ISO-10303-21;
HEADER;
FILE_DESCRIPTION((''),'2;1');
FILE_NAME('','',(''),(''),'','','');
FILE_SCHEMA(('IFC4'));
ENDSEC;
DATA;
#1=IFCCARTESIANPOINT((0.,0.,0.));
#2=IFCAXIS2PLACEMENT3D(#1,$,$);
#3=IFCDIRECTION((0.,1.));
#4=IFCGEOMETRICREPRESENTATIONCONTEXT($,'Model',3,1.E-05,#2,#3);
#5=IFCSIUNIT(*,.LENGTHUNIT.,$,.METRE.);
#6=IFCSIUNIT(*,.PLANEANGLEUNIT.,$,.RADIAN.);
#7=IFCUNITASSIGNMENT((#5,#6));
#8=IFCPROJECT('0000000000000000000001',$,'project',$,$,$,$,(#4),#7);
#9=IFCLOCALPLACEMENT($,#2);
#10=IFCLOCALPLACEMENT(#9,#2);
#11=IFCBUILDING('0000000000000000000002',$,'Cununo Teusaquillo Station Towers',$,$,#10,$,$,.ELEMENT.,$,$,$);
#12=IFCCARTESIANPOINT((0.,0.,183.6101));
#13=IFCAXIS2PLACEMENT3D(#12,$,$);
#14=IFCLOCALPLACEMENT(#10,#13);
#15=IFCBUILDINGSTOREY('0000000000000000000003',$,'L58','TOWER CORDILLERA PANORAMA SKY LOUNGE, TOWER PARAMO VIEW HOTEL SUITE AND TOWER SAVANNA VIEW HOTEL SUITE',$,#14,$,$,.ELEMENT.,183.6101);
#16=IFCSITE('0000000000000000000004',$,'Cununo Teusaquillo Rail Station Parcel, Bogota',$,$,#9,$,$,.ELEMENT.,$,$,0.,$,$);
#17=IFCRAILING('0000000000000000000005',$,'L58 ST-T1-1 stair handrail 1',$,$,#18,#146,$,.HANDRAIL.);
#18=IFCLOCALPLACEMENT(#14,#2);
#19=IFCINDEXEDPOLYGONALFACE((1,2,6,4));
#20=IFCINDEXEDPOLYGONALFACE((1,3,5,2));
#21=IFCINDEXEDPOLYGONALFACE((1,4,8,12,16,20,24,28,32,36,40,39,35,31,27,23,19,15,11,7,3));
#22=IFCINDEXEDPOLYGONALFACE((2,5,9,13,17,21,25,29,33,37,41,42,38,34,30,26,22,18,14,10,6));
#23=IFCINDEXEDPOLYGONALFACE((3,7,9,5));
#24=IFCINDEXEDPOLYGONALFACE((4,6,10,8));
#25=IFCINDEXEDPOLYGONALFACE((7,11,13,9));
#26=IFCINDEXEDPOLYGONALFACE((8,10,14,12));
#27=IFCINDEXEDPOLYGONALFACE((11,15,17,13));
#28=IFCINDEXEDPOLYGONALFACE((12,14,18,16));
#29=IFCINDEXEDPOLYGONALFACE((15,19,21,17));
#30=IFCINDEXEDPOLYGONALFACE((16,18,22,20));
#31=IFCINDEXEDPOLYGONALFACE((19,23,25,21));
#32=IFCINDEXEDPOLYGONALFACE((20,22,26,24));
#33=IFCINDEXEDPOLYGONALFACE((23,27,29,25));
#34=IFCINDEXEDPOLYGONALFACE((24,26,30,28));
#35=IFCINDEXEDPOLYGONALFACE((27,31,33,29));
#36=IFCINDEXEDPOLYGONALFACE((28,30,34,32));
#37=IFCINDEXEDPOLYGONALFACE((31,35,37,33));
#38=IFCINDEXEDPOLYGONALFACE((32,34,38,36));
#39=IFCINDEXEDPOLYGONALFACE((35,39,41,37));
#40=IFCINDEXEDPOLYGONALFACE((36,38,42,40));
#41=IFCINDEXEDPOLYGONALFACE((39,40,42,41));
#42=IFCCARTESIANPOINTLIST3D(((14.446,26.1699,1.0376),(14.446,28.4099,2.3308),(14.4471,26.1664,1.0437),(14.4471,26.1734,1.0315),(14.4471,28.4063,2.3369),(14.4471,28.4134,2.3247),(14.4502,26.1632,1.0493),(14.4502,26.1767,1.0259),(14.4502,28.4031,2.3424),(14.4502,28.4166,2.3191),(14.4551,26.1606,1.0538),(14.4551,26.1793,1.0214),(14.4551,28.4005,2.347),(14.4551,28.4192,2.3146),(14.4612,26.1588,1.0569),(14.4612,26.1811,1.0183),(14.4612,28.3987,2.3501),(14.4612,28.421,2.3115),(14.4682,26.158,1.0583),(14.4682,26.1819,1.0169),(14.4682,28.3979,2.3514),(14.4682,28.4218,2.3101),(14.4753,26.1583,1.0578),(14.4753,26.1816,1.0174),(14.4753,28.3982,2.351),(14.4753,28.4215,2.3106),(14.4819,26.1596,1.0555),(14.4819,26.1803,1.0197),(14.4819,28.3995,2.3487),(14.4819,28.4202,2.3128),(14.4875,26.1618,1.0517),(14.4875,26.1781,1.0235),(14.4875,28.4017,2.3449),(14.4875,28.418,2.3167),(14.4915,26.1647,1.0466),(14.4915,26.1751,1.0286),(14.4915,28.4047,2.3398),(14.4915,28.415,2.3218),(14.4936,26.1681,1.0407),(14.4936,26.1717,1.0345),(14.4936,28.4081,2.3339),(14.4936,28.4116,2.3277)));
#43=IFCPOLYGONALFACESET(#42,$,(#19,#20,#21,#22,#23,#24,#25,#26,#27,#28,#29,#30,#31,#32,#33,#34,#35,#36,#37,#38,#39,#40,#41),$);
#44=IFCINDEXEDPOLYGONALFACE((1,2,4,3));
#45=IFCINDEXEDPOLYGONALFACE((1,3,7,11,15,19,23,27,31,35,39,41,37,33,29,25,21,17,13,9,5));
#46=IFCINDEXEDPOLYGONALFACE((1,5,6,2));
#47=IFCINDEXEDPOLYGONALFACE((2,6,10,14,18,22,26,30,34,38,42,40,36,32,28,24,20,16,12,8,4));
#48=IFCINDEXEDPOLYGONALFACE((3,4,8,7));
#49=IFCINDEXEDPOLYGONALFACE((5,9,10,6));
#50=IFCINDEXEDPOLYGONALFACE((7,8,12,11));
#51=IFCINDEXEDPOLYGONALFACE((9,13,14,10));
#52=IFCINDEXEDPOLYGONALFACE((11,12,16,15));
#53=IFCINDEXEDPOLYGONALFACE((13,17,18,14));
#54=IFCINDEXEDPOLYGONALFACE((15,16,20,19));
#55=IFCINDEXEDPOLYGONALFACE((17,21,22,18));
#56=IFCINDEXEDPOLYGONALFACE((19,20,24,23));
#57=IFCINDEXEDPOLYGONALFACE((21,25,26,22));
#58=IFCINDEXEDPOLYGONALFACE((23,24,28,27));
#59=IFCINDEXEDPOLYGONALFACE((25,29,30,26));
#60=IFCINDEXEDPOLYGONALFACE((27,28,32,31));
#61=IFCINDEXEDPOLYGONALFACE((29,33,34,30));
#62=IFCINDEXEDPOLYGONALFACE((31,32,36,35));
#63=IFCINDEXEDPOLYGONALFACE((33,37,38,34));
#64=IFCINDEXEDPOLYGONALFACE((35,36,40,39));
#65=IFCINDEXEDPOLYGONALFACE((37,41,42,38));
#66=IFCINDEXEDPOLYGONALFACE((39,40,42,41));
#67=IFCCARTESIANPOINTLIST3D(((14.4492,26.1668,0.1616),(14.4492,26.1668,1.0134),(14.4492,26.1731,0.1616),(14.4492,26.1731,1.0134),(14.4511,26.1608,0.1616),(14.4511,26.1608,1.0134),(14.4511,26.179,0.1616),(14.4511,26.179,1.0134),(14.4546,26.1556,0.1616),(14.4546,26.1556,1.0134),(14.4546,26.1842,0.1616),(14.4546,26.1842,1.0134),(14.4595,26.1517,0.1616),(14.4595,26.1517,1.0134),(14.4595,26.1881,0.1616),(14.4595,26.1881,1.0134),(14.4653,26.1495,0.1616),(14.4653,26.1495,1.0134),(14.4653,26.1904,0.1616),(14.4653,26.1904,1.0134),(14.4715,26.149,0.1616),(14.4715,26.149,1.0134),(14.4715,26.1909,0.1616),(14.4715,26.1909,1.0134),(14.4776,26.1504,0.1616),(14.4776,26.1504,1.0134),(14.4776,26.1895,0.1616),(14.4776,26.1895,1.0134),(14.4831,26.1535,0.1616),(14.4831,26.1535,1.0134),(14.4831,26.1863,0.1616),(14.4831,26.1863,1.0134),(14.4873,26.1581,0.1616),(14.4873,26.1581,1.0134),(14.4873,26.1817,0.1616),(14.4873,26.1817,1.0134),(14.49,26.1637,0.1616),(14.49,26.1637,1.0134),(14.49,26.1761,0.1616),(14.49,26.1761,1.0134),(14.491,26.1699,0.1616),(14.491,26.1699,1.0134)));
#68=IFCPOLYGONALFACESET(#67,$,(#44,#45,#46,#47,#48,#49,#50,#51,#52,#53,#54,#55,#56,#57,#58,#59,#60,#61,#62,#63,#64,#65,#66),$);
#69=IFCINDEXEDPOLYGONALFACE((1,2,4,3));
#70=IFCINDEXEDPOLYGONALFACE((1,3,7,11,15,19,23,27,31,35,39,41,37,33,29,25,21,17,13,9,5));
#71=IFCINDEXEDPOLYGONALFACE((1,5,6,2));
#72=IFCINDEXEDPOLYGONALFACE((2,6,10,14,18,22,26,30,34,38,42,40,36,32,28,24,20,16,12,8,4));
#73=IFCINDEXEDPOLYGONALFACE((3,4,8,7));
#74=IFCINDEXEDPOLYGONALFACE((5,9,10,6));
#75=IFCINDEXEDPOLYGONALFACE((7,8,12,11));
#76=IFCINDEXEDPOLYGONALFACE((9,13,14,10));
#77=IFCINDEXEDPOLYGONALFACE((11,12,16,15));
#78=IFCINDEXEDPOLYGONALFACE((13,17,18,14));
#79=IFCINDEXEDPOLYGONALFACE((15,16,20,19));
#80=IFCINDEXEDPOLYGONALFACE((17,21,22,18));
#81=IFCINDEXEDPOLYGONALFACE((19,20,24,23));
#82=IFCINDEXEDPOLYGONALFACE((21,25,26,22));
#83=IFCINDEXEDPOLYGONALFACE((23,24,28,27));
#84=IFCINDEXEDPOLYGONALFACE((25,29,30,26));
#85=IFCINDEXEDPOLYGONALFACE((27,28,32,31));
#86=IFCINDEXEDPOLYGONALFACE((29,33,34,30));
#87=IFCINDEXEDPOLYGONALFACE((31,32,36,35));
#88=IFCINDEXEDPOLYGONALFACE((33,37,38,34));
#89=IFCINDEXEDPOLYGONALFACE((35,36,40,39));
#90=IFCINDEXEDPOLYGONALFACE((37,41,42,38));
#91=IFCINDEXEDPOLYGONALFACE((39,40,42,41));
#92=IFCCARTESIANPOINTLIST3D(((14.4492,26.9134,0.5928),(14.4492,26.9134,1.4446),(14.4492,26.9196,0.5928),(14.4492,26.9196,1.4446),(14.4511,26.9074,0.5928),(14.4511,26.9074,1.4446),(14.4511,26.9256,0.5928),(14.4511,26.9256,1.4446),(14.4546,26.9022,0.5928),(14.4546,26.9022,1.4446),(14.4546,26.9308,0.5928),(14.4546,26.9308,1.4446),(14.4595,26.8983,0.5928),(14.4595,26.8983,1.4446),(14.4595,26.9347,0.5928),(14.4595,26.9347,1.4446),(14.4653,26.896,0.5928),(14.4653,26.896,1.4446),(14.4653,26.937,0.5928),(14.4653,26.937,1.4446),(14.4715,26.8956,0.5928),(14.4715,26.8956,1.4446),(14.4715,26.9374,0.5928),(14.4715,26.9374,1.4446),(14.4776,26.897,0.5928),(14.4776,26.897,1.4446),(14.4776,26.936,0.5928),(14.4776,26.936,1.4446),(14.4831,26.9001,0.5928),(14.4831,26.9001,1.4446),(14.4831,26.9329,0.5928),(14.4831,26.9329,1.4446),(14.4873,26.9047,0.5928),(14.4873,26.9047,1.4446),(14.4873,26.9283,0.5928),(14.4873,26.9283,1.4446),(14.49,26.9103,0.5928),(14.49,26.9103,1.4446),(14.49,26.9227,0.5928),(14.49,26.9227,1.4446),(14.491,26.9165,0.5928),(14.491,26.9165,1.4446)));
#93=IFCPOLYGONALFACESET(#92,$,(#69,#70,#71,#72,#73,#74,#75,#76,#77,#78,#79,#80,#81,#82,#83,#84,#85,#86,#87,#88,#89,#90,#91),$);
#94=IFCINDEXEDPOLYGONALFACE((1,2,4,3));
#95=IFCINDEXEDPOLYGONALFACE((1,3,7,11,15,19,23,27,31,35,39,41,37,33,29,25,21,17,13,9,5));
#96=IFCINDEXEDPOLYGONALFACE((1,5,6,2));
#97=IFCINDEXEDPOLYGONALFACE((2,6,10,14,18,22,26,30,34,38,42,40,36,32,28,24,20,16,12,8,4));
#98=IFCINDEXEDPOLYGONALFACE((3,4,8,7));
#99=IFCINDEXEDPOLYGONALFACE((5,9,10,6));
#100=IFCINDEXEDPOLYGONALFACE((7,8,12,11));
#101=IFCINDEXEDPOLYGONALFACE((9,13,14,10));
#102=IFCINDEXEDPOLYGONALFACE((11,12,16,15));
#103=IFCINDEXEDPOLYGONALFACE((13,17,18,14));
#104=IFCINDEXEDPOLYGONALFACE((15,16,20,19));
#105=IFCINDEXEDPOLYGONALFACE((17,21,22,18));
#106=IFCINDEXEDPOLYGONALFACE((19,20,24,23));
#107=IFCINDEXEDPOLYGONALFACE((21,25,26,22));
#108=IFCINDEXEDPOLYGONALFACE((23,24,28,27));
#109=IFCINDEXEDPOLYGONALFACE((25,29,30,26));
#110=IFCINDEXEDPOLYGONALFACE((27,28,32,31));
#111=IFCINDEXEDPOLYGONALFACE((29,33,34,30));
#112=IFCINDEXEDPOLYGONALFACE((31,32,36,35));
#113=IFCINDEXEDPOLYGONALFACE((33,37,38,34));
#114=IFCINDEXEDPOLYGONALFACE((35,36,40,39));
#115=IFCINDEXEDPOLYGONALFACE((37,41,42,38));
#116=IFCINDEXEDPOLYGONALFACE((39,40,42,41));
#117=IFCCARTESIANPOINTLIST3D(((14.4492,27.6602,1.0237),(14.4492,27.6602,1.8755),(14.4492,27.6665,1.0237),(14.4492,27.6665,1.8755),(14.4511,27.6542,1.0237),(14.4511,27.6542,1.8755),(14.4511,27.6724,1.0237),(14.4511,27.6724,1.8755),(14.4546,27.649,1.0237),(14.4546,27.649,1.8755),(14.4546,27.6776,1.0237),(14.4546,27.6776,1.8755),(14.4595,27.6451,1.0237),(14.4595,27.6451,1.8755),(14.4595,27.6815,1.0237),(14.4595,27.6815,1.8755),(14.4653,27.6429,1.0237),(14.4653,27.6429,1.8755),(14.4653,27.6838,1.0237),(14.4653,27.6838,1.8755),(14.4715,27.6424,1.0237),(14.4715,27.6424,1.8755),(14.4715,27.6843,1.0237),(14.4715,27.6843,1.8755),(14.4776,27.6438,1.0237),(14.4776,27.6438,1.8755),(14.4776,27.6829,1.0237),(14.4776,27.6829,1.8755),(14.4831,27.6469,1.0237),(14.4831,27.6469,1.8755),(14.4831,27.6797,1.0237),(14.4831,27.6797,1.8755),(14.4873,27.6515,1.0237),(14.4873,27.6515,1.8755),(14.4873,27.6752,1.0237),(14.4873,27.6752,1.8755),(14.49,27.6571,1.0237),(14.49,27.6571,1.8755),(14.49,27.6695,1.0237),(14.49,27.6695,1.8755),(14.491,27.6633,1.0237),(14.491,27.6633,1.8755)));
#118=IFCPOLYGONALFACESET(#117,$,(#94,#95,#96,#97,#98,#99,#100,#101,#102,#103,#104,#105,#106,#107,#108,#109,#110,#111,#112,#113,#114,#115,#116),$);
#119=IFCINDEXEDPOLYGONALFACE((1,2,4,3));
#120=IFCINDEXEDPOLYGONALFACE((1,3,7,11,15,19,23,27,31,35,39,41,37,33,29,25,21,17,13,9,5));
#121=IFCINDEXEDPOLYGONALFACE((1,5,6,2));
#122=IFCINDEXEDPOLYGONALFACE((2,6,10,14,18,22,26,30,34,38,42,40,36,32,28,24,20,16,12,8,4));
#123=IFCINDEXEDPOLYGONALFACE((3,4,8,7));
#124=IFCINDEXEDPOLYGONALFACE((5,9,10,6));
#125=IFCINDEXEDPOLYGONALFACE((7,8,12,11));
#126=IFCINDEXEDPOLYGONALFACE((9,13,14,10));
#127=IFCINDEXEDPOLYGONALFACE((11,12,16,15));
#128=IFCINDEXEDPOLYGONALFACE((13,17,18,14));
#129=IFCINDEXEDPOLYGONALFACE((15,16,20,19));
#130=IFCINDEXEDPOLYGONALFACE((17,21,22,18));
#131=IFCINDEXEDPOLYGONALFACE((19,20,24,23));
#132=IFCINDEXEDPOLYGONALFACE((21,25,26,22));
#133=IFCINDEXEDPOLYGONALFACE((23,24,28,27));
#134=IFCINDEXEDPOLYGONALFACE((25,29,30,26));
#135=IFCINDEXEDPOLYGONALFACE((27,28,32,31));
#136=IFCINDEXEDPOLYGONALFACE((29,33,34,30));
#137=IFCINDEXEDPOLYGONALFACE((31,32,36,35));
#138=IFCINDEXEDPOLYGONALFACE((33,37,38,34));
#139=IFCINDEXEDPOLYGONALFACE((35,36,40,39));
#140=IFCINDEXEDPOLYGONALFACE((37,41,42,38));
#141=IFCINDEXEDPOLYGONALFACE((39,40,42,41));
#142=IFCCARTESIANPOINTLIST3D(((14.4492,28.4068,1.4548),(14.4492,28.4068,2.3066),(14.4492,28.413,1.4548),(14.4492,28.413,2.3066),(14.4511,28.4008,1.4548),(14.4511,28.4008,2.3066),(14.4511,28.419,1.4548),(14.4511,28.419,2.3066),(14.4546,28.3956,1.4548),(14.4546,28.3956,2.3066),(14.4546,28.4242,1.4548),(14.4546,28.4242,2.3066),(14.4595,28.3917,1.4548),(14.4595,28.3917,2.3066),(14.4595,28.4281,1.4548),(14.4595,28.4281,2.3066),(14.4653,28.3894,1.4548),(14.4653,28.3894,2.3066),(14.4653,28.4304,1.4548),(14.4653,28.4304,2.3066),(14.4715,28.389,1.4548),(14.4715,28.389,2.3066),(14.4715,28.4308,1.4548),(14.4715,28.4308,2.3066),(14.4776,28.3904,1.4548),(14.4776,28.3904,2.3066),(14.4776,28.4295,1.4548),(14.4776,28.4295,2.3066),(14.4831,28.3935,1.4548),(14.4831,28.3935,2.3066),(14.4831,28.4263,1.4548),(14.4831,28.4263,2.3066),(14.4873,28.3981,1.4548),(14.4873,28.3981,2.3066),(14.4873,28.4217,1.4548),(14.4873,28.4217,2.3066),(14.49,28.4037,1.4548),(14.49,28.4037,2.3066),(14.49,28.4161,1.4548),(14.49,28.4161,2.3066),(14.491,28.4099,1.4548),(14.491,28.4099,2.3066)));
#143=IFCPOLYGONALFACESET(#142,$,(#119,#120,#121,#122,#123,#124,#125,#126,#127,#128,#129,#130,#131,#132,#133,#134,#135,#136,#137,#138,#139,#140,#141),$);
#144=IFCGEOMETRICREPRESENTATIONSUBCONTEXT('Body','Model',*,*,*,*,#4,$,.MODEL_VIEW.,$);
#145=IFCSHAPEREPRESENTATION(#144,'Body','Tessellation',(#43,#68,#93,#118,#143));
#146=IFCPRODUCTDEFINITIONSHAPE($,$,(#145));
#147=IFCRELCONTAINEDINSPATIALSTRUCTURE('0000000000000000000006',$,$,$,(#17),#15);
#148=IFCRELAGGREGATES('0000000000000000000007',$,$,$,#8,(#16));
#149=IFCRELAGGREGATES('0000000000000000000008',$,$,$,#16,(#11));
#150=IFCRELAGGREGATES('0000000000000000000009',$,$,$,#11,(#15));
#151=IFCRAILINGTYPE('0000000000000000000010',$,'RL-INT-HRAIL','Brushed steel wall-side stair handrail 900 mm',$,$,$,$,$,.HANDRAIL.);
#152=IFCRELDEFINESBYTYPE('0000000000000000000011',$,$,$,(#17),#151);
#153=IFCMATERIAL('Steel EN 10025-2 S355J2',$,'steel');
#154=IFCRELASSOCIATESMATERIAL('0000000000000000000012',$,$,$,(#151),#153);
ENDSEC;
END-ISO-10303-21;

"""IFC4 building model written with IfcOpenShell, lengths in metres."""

from ifc_helpers import new_model, si_unit, direction, frame, origin, origin_2d, place, context, subcontext, project, spatial, circle, extrude, material, type_object, element, save


model = new_model("IFC4")

# Units and contexts
model_context = context("Model", 3, precision=1e-05, world=origin(), true_north=direction((0.0, 1.0)))
body_context = subcontext(model_context, "Body", "Model", "MODEL_VIEW")
ifc_project = project(units=[si_unit("LENGTHUNIT", "METRE"), si_unit("PLANEANGLEUNIT", "RADIAN")], contexts=[model_context])

# Site, building, storey
site_placement = place(None, origin())
site = spatial("IfcSite", under=ifc_project, at=site_placement, Name="Cununo Teusaquillo Rail Station Parcel, Bogota", CompositionType="ELEMENT", RefElevation=0.0)
building_placement = place(site_placement, origin())
building = spatial("IfcBuilding", under=site, at=building_placement, Name="Cununo Teusaquillo Station Towers", CompositionType="ELEMENT")
storey_placement = place(building_placement, frame((0.0, 0.0, 183.6101)))
storey = spatial("IfcBuildingStorey", under=building, at=storey_placement, Name="L58", Description="TOWER CORDILLERA PANORAMA SKY LOUNGE, TOWER PARAMO VIEW HOTEL SUITE AND TOWER SAVANNA VIEW HOTEL SUITE", CompositionType="ELEMENT", Elevation=183.6101)

# Railing
ifc_material_1 = material(Name="Steel EN 10025-2 S355J2", Category="steel")
railing_type_1 = type_object("IfcRailingType", Name="RL-INT-HRAIL", Description="Brushed steel wall-side stair handrail 900 mm", PredefinedType="HANDRAIL", material=ifc_material_1)
railing_1_placement = place(storey_placement, frame((14.47, 26.1699, 0.1616)))
element("IfcRailing", 1, at=railing_1_placement, inside=storey, type_object=railing_type_1, Name="L58 ST-T1-1 stair handrail 1", PredefinedType="HANDRAIL", context=body_context, shape_type="SweptSolid", body=[
    extrude(circle(Radius=0.0239, at=origin_2d()), frame((0.0, 0.0, 0.876), z_axis=(0.0, 0.866033, 0.499987), x_axis=(-1.0, 0.0, 0.0)), (0.0, 0.0, 1.0), 2.5864),
    extrude(circle(Radius=0.021, at=origin_2d()), origin(), (0.0, 0.0, 1.0), 0.8518),
    extrude(circle(Radius=0.021, at=origin_2d()), frame((0.0, 0.7466, 0.4312)), (0.0, 0.0, 1.0), 0.8518),
    extrude(circle(Radius=0.021, at=origin_2d()), frame((0.0, 1.4934, 0.8621)), (0.0, 0.0, 1.0), 0.8518),
    extrude(circle(Radius=0.021, at=origin_2d()), frame((0.0, 2.24, 1.2932)), (0.0, 0.0, 1.0), 0.8518),
])

save(model, "model.ifc")
